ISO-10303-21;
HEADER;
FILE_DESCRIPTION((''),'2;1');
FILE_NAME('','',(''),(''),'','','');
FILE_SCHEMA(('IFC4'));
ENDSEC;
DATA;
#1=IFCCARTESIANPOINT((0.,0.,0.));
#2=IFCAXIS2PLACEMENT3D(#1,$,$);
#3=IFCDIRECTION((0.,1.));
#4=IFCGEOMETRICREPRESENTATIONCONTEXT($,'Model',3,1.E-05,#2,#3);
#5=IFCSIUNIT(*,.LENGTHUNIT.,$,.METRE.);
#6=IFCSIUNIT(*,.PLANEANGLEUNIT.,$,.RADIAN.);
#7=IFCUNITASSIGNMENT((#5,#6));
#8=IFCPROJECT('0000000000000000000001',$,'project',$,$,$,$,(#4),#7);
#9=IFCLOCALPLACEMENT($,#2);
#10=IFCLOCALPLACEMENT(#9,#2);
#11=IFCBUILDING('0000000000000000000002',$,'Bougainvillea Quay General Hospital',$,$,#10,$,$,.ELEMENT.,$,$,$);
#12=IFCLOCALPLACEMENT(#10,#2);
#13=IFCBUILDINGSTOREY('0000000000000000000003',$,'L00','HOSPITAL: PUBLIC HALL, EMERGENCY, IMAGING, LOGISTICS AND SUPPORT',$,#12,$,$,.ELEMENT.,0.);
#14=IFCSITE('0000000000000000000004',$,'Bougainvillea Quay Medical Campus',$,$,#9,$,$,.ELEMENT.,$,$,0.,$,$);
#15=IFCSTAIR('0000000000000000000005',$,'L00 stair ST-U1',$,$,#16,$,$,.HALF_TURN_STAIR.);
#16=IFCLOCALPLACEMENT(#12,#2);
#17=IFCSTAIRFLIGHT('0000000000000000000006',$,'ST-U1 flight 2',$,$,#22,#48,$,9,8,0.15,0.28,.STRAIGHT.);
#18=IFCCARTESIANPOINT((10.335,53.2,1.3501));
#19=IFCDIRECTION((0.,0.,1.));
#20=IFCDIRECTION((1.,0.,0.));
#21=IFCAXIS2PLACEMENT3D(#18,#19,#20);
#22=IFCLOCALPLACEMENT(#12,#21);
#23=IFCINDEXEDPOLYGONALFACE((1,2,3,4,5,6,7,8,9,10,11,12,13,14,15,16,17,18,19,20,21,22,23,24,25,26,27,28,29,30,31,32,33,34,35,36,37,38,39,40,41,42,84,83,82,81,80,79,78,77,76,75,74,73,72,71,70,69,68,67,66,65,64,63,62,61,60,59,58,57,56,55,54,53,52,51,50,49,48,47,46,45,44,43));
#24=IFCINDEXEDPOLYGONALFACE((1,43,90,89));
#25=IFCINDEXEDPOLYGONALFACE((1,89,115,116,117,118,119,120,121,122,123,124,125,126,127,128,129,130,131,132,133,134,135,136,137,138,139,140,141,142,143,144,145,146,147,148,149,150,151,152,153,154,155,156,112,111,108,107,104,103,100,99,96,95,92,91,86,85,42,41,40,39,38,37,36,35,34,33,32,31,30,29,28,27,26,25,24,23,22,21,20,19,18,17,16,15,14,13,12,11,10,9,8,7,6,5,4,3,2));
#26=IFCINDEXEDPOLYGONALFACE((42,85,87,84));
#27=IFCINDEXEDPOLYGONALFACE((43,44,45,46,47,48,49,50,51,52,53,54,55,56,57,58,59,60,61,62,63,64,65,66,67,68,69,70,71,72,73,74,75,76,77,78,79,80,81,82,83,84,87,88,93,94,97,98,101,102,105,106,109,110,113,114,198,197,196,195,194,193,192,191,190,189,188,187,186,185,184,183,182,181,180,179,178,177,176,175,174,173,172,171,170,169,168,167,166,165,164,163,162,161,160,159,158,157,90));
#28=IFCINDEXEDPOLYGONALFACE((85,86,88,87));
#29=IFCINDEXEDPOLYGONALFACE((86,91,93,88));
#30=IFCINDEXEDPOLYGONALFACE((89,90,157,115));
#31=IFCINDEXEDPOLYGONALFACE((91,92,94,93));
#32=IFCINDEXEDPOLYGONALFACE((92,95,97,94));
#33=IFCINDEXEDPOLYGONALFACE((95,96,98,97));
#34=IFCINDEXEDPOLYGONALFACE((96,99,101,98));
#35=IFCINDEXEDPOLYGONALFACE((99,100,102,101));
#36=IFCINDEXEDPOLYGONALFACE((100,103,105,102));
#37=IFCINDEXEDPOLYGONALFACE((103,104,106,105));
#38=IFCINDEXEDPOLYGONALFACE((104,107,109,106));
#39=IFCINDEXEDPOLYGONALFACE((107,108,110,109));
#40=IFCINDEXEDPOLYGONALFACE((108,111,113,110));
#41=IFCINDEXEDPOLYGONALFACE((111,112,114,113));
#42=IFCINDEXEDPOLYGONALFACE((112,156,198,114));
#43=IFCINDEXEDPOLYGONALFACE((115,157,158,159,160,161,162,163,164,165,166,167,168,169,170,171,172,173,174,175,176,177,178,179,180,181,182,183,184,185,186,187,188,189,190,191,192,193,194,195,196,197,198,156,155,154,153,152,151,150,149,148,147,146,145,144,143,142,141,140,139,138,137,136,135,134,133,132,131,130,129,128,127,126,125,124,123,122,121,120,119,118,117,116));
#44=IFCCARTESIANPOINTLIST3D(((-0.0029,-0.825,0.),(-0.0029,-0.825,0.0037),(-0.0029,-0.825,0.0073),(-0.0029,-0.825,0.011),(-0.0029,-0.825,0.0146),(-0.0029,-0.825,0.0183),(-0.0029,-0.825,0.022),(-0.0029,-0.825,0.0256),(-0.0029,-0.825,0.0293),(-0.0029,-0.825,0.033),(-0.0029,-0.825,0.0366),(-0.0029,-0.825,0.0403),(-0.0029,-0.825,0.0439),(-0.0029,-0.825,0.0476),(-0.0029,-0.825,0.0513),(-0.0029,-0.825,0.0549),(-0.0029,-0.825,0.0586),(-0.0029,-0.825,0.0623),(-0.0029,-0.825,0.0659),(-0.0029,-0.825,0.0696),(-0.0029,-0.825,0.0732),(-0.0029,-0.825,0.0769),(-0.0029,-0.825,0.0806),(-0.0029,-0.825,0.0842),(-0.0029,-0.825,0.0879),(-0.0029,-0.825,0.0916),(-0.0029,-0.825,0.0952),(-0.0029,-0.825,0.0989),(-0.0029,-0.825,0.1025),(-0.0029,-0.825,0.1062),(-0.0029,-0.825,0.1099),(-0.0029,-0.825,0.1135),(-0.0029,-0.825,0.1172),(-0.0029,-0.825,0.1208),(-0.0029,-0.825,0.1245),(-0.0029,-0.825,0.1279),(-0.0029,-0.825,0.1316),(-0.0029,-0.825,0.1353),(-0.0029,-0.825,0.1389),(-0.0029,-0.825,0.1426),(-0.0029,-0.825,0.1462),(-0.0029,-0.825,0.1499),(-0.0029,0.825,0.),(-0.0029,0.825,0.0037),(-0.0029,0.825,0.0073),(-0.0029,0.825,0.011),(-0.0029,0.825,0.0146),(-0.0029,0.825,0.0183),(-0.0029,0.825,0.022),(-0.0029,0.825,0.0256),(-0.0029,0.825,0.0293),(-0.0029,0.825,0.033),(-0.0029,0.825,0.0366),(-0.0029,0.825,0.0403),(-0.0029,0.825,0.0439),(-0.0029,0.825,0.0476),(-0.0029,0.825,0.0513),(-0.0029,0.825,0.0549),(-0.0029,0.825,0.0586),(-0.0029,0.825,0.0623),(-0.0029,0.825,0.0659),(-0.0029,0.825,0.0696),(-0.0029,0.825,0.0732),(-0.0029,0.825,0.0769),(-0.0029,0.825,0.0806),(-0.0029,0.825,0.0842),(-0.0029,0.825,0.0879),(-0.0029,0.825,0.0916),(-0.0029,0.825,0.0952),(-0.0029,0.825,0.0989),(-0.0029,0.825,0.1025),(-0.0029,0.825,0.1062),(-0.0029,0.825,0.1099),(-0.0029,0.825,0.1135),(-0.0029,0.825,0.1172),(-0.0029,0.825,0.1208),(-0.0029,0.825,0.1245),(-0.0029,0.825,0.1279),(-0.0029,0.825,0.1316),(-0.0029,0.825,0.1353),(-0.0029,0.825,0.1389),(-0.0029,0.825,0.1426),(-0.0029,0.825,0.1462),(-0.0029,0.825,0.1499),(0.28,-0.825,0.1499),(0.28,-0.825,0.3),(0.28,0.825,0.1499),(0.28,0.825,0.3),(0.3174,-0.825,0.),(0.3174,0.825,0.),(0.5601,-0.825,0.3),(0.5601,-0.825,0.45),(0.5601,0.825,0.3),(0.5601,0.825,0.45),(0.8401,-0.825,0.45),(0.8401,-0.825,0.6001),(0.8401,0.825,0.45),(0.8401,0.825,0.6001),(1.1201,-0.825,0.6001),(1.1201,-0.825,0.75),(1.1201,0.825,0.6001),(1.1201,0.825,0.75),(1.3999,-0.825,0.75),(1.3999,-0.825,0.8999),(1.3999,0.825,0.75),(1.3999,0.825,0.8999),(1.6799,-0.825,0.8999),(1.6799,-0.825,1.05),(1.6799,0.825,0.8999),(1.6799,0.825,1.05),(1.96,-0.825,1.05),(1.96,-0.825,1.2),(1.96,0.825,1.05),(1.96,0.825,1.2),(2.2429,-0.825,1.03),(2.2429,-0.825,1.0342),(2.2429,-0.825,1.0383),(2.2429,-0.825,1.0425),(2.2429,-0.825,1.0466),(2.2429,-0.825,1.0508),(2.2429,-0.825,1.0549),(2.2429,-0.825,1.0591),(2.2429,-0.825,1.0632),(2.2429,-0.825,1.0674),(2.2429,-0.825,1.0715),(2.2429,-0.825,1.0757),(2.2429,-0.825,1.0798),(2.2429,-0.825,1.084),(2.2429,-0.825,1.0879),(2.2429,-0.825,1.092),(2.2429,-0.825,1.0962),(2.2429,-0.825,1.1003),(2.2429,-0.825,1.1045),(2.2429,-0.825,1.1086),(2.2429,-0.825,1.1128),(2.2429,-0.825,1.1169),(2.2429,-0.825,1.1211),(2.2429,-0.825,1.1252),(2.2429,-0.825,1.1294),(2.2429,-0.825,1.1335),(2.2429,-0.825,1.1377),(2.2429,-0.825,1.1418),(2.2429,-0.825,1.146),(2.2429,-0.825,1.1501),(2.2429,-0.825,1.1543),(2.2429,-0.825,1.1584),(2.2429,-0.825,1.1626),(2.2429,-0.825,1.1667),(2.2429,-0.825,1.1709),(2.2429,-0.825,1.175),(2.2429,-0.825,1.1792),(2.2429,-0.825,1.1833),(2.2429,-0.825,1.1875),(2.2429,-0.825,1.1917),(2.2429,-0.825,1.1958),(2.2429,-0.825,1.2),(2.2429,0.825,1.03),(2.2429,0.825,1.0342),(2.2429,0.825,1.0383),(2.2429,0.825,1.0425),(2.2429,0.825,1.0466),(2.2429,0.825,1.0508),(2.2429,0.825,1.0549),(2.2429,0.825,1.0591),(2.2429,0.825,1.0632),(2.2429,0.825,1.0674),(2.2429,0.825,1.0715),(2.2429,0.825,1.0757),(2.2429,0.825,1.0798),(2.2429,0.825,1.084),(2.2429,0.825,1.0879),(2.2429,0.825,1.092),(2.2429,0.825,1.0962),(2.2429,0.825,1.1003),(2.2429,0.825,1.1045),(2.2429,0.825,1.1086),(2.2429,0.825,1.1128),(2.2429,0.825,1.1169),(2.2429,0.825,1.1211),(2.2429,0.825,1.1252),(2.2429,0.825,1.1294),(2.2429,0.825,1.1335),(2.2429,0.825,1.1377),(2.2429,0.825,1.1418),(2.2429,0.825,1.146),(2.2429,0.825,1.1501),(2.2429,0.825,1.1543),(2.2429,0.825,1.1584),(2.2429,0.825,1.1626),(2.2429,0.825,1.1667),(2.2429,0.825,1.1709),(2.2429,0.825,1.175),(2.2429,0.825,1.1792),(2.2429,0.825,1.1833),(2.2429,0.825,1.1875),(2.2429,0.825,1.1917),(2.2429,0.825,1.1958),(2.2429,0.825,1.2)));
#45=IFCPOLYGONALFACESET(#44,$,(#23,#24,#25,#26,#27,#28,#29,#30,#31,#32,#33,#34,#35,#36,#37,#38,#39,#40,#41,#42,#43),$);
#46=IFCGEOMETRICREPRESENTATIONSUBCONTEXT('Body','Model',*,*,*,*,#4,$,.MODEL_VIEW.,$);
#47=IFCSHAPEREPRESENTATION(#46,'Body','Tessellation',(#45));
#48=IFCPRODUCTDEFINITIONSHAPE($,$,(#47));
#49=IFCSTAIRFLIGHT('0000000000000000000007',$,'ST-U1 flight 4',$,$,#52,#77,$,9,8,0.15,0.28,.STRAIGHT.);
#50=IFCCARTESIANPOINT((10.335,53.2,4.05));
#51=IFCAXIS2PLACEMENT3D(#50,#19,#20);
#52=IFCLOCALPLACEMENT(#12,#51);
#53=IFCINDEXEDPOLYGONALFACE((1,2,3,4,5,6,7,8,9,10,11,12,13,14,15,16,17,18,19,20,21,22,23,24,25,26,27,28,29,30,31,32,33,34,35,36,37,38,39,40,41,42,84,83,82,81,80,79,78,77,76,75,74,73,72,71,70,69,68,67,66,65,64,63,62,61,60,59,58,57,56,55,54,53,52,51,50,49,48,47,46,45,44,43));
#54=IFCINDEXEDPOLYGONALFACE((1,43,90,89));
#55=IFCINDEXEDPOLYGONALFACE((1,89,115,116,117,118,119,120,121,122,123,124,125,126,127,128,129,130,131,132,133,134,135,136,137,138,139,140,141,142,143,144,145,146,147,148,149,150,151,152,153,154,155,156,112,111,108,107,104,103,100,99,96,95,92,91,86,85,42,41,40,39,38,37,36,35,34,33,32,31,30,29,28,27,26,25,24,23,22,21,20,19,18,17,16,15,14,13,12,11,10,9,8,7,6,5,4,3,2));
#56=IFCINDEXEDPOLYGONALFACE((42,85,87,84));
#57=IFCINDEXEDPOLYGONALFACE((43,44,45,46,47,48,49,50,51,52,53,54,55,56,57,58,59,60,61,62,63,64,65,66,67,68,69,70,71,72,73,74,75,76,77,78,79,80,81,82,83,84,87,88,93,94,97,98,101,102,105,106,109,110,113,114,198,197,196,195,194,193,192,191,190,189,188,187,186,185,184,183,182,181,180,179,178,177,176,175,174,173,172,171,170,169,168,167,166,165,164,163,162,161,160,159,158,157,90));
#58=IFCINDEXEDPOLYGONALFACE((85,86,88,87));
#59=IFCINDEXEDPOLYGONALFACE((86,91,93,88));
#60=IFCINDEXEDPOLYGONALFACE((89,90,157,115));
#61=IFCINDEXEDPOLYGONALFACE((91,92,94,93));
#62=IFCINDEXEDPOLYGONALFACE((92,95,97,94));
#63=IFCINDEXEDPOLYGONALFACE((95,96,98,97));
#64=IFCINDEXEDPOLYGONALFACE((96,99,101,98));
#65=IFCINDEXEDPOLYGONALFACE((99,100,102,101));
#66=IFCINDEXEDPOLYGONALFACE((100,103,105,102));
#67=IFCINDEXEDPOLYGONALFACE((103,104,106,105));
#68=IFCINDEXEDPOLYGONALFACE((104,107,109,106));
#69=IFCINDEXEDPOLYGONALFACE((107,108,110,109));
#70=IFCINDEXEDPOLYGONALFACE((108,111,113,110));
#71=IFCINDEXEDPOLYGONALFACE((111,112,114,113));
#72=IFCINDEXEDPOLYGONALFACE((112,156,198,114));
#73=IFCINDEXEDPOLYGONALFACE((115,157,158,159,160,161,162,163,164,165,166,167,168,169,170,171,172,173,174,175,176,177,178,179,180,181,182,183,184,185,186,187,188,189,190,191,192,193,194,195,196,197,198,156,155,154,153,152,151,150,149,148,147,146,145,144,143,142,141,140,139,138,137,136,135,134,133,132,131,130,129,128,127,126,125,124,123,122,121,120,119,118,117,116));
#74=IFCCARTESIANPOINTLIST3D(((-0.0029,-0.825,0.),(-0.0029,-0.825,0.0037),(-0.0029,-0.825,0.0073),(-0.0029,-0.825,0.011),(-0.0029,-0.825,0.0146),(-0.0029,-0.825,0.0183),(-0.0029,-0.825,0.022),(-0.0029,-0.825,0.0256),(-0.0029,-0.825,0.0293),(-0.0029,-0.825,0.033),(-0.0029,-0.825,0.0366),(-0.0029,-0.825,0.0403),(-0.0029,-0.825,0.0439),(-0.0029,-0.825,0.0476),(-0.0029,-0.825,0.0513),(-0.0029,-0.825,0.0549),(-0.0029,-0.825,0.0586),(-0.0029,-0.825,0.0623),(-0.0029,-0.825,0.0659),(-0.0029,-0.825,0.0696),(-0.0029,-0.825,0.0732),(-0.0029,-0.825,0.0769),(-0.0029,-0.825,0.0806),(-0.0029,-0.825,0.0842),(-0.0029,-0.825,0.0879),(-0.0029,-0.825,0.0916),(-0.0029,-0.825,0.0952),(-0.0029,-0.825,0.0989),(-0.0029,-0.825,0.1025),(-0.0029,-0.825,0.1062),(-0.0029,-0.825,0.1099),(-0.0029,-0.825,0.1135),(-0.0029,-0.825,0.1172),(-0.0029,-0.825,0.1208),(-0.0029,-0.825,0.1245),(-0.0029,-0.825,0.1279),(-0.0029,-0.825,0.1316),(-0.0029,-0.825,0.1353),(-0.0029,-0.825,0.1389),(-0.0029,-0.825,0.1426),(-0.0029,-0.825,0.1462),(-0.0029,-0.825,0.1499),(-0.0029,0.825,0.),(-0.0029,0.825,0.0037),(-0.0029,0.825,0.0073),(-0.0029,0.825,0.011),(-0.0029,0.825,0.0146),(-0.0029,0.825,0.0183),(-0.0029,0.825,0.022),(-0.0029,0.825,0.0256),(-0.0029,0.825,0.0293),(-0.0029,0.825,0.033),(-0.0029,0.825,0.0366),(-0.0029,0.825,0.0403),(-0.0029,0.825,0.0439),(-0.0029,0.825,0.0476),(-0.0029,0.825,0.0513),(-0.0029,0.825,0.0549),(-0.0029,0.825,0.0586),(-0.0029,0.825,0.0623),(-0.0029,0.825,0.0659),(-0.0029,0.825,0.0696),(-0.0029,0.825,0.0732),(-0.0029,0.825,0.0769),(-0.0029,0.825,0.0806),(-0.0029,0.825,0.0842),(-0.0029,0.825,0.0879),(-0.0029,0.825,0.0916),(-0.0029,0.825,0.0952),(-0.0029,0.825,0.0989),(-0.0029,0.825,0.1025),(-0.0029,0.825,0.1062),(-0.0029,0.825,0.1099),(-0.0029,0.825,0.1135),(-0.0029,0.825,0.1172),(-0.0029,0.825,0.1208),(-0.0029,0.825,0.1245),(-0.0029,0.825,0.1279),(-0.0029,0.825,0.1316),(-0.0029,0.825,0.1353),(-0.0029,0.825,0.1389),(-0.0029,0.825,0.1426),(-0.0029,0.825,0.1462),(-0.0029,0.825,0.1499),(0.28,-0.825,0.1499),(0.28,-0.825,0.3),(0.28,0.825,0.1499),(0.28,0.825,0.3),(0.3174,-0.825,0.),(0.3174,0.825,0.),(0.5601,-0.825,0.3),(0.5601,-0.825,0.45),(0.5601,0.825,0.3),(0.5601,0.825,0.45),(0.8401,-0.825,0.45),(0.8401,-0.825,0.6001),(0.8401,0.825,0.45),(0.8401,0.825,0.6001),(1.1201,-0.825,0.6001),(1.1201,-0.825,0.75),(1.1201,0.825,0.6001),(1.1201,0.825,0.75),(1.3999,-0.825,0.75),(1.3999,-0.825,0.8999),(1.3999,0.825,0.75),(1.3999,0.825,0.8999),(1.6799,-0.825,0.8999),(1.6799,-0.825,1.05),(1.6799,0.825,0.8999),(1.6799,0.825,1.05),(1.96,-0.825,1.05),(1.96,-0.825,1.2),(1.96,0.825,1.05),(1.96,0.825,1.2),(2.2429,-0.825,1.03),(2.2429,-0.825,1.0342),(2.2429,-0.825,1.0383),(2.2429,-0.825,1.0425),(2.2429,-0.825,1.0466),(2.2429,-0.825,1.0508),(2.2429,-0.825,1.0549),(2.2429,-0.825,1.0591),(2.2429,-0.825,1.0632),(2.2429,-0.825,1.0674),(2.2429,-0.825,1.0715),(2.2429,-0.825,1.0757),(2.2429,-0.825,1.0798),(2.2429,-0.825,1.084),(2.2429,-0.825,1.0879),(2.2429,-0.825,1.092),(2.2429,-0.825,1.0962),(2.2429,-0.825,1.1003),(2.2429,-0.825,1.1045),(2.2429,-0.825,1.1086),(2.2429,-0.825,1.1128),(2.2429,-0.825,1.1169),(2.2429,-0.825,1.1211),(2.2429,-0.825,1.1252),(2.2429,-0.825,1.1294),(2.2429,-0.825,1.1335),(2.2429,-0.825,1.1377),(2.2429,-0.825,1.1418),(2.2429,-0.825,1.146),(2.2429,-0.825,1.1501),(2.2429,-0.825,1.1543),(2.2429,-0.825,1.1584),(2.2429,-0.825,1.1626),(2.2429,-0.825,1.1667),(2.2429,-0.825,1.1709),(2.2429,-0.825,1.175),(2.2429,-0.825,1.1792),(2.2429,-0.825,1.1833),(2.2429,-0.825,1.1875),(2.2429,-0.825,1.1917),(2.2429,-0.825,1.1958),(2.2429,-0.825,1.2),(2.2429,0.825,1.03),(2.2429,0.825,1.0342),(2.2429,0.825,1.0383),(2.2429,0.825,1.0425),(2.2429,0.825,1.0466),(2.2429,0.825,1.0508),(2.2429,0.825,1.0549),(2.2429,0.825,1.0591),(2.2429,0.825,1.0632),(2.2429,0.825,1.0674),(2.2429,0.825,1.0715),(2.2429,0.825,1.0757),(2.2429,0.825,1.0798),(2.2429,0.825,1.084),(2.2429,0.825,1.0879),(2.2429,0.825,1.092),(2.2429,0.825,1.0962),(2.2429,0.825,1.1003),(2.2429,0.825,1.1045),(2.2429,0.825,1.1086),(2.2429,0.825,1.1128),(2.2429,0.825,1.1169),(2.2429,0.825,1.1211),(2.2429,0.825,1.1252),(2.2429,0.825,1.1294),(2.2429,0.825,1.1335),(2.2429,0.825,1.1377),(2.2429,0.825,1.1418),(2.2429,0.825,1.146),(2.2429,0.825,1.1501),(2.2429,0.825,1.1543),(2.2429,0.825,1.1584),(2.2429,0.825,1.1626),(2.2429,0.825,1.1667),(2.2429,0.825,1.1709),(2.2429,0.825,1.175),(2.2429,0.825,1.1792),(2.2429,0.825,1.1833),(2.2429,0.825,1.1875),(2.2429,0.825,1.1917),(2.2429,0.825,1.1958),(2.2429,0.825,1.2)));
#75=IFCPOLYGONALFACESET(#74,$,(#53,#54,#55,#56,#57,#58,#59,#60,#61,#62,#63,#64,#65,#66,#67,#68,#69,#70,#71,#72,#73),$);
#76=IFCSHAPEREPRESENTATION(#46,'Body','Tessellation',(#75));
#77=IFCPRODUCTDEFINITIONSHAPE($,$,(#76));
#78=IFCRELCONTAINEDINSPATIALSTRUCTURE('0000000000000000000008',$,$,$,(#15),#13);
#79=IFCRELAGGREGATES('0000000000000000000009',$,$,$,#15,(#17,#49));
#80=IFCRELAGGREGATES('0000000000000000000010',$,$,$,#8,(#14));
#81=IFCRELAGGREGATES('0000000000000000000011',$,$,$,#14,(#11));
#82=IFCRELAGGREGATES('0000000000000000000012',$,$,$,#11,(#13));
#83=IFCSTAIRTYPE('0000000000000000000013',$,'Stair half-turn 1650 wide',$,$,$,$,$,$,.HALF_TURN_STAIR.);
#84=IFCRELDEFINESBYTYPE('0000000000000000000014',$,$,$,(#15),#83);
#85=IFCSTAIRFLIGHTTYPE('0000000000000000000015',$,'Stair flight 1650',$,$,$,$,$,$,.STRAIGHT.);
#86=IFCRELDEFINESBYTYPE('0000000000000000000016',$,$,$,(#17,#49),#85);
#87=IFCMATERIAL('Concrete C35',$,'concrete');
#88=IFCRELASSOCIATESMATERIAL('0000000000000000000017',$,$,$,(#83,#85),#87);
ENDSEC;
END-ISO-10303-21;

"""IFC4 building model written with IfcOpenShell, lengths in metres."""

from ifc_helpers import new_model, si_unit, direction, frame, origin, place, context, subcontext, project, spatial, polyline, outline, extrude, material, type_object, element, aggregate, save


model = new_model("IFC4")

# Units and contexts
model_context = context("Model", 3, precision=1e-05, world=origin(), true_north=direction((0.0, 1.0)))
body_context = subcontext(model_context, "Body", "Model", "MODEL_VIEW")
ifc_project = project(units=[si_unit("LENGTHUNIT", "METRE"), si_unit("PLANEANGLEUNIT", "RADIAN")], contexts=[model_context])

# Site, building, storey
site_placement = place(None, origin())
site = spatial("IfcSite", under=ifc_project, at=site_placement, Name="Bougainvillea Quay Medical Campus", CompositionType="ELEMENT", RefElevation=0.0)
building_placement = place(site_placement, origin())
building = spatial("IfcBuilding", under=site, at=building_placement, Name="Bougainvillea Quay General Hospital", CompositionType="ELEMENT")
storey_placement = place(building_placement, origin())
storey = spatial("IfcBuildingStorey", under=building, at=storey_placement, Name="L00", Description="HOSPITAL: PUBLIC HALL, EMERGENCY, IMAGING, LOGISTICS AND SUPPORT", CompositionType="ELEMENT", Elevation=0.0)

# Stair, stair flights
ifc_material_1 = material(Name="Concrete C35", Category="concrete")
stair_type = type_object("IfcStairType", Name="Stair half-turn 1650 wide", PredefinedType="HALF_TURN_STAIR", material=ifc_material_1)
stair_placement = place(storey_placement, origin())
stair = element("IfcStair", 1, at=stair_placement, inside=storey, type_object=stair_type, Name="L00 stair ST-U1", PredefinedType="HALF_TURN_STAIR")
stair_flight_type = type_object("IfcStairFlightType", Name="Stair flight 1650", PredefinedType="STRAIGHT", material=ifc_material_1)
stair_flight_1_placement = place(storey_placement, frame((10.335, 53.2, 1.3501), z_axis=(0.0, 0.0, 1.0), x_axis=(1.0, 0.0, 0.0)))
stair_flight_1 = element("IfcStairFlight", 2, at=stair_flight_1_placement, type_object=stair_flight_type, Name="ST-U1 flight 2", NumberOfRisers=9, NumberOfTreads=8, PredefinedType="STRAIGHT", RiserHeight=0.15, TreadLength=0.28, context=body_context, shape_type="SweptSolid", body=[
    extrude(outline(polyline([(-0.0029, 0.0), (-0.0029, 0.0037), (-0.0029, 0.0073), (-0.0029, 0.011), (-0.0029, 0.0146), (-0.0029, 0.0183), (-0.0029, 0.022), (-0.0029, 0.0256), (-0.0029, 0.0293), (-0.0029, 0.033), (-0.0029, 0.0366), (-0.0029, 0.0403), (-0.0029, 0.0439), (-0.0029, 0.0476), (-0.0029, 0.0513), (-0.0029, 0.0549), (-0.0029, 0.0586), (-0.0029, 0.0623), (-0.0029, 0.0659), (-0.0029, 0.0696), (-0.0029, 0.0732), (-0.0029, 0.0769), (-0.0029, 0.0806), (-0.0029, 0.0842), (-0.0029, 0.0879), (-0.0029, 0.0916), (-0.0029, 0.0952), (-0.0029, 0.0989), (-0.0029, 0.1025), (-0.0029, 0.1062), (-0.0029, 0.1099), (-0.0029, 0.1135), (-0.0029, 0.1172), (-0.0029, 0.1208), (-0.0029, 0.1245), (-0.0029, 0.1279), (-0.0029, 0.1316), (-0.0029, 0.1353), (-0.0029, 0.1389), (-0.0029, 0.1426), (-0.0029, 0.1462), (-0.0029, 0.1499), (0.28, 0.1499), (0.28, 0.3), (0.5601, 0.3), (0.5601, 0.45), (0.8401, 0.45), (0.8401, 0.6001), (1.1201, 0.6001), (1.1201, 0.75), (1.3999, 0.75), (1.3999, 0.8999), (1.6799, 0.8999), (1.6799, 1.05), (1.96, 1.05), (1.96, 1.2), (2.2429, 1.2), (2.2429, 1.1958), (2.2429, 1.1917), (2.2429, 1.1875), (2.2429, 1.1833), (2.2429, 1.1792), (2.2429, 1.175), (2.2429, 1.1709), (2.2429, 1.1667), (2.2429, 1.1626), (2.2429, 1.1584), (2.2429, 1.1543), (2.2429, 1.1501), (2.2429, 1.146), (2.2429, 1.1418), (2.2429, 1.1377), (2.2429, 1.1335), (2.2429, 1.1294), (2.2429, 1.1252), (2.2429, 1.1211), (2.2429, 1.1169), (2.2429, 1.1128), (2.2429, 1.1086), (2.2429, 1.1045), (2.2429, 1.1003), (2.2429, 1.0962), (2.2429, 1.092), (2.2429, 1.0879), (2.2429, 1.084), (2.2429, 1.0798), (2.2429, 1.0757), (2.2429, 1.0715), (2.2429, 1.0674), (2.2429, 1.0632), (2.2429, 1.0591), (2.2429, 1.0549), (2.2429, 1.0508), (2.2429, 1.0466), (2.2429, 1.0425), (2.2429, 1.0383), (2.2429, 1.0342), (2.2429, 1.03), (0.3174, 0.0), (-0.0029, 0.0)])), frame((0.0, 0.825, 0.0), z_axis=(0.0, -1.0, 0.0), x_axis=(1.0, 0.0, 0.0)), (0.0, 0.0, 1.0), 1.6499),
])
stair_flight_2_placement = place(storey_placement, frame((10.335, 53.2, 4.05), z_axis=(0.0, 0.0, 1.0), x_axis=(1.0, 0.0, 0.0)))
stair_flight_2 = element("IfcStairFlight", 3, at=stair_flight_2_placement, type_object=stair_flight_type, Name="ST-U1 flight 4", NumberOfRisers=9, NumberOfTreads=8, PredefinedType="STRAIGHT", RiserHeight=0.15, TreadLength=0.28, context=body_context, shape_type="SweptSolid", body=[
    extrude(outline(polyline([(-0.0029, 0.0), (-0.0029, 0.0037), (-0.0029, 0.0073), (-0.0029, 0.011), (-0.0029, 0.0146), (-0.0029, 0.0183), (-0.0029, 0.022), (-0.0029, 0.0256), (-0.0029, 0.0293), (-0.0029, 0.033), (-0.0029, 0.0366), (-0.0029, 0.0403), (-0.0029, 0.0439), (-0.0029, 0.0476), (-0.0029, 0.0513), (-0.0029, 0.0549), (-0.0029, 0.0586), (-0.0029, 0.0623), (-0.0029, 0.0659), (-0.0029, 0.0696), (-0.0029, 0.0732), (-0.0029, 0.0769), (-0.0029, 0.0806), (-0.0029, 0.0842), (-0.0029, 0.0879), (-0.0029, 0.0916), (-0.0029, 0.0952), (-0.0029, 0.0989), (-0.0029, 0.1025), (-0.0029, 0.1062), (-0.0029, 0.1099), (-0.0029, 0.1135), (-0.0029, 0.1172), (-0.0029, 0.1208), (-0.0029, 0.1245), (-0.0029, 0.1279), (-0.0029, 0.1316), (-0.0029, 0.1353), (-0.0029, 0.1389), (-0.0029, 0.1426), (-0.0029, 0.1462), (-0.0029, 0.1499), (0.28, 0.1499), (0.28, 0.3), (0.5601, 0.3), (0.5601, 0.45), (0.8401, 0.45), (0.8401, 0.6001), (1.1201, 0.6001), (1.1201, 0.75), (1.3999, 0.75), (1.3999, 0.8999), (1.6799, 0.8999), (1.6799, 1.05), (1.96, 1.05), (1.96, 1.2), (2.2429, 1.2), (2.2429, 1.1958), (2.2429, 1.1917), (2.2429, 1.1875), (2.2429, 1.1833), (2.2429, 1.1792), (2.2429, 1.175), (2.2429, 1.1709), (2.2429, 1.1667), (2.2429, 1.1626), (2.2429, 1.1584), (2.2429, 1.1543), (2.2429, 1.1501), (2.2429, 1.146), (2.2429, 1.1418), (2.2429, 1.1377), (2.2429, 1.1335), (2.2429, 1.1294), (2.2429, 1.1252), (2.2429, 1.1211), (2.2429, 1.1169), (2.2429, 1.1128), (2.2429, 1.1086), (2.2429, 1.1045), (2.2429, 1.1003), (2.2429, 1.0962), (2.2429, 1.092), (2.2429, 1.0879), (2.2429, 1.084), (2.2429, 1.0798), (2.2429, 1.0757), (2.2429, 1.0715), (2.2429, 1.0674), (2.2429, 1.0632), (2.2429, 1.0591), (2.2429, 1.0549), (2.2429, 1.0508), (2.2429, 1.0466), (2.2429, 1.0425), (2.2429, 1.0383), (2.2429, 1.0342), (2.2429, 1.03), (0.3174, 0.0), (-0.0029, 0.0)])), frame((0.0, 0.825, 0.0), z_axis=(0.0, -1.0, 0.0), x_axis=(1.0, 0.0, 0.0)), (0.0, 0.0, 1.0), 1.6499),
])
aggregate(stair, [stair_flight_1, stair_flight_2])

save(model, "model.ifc")
